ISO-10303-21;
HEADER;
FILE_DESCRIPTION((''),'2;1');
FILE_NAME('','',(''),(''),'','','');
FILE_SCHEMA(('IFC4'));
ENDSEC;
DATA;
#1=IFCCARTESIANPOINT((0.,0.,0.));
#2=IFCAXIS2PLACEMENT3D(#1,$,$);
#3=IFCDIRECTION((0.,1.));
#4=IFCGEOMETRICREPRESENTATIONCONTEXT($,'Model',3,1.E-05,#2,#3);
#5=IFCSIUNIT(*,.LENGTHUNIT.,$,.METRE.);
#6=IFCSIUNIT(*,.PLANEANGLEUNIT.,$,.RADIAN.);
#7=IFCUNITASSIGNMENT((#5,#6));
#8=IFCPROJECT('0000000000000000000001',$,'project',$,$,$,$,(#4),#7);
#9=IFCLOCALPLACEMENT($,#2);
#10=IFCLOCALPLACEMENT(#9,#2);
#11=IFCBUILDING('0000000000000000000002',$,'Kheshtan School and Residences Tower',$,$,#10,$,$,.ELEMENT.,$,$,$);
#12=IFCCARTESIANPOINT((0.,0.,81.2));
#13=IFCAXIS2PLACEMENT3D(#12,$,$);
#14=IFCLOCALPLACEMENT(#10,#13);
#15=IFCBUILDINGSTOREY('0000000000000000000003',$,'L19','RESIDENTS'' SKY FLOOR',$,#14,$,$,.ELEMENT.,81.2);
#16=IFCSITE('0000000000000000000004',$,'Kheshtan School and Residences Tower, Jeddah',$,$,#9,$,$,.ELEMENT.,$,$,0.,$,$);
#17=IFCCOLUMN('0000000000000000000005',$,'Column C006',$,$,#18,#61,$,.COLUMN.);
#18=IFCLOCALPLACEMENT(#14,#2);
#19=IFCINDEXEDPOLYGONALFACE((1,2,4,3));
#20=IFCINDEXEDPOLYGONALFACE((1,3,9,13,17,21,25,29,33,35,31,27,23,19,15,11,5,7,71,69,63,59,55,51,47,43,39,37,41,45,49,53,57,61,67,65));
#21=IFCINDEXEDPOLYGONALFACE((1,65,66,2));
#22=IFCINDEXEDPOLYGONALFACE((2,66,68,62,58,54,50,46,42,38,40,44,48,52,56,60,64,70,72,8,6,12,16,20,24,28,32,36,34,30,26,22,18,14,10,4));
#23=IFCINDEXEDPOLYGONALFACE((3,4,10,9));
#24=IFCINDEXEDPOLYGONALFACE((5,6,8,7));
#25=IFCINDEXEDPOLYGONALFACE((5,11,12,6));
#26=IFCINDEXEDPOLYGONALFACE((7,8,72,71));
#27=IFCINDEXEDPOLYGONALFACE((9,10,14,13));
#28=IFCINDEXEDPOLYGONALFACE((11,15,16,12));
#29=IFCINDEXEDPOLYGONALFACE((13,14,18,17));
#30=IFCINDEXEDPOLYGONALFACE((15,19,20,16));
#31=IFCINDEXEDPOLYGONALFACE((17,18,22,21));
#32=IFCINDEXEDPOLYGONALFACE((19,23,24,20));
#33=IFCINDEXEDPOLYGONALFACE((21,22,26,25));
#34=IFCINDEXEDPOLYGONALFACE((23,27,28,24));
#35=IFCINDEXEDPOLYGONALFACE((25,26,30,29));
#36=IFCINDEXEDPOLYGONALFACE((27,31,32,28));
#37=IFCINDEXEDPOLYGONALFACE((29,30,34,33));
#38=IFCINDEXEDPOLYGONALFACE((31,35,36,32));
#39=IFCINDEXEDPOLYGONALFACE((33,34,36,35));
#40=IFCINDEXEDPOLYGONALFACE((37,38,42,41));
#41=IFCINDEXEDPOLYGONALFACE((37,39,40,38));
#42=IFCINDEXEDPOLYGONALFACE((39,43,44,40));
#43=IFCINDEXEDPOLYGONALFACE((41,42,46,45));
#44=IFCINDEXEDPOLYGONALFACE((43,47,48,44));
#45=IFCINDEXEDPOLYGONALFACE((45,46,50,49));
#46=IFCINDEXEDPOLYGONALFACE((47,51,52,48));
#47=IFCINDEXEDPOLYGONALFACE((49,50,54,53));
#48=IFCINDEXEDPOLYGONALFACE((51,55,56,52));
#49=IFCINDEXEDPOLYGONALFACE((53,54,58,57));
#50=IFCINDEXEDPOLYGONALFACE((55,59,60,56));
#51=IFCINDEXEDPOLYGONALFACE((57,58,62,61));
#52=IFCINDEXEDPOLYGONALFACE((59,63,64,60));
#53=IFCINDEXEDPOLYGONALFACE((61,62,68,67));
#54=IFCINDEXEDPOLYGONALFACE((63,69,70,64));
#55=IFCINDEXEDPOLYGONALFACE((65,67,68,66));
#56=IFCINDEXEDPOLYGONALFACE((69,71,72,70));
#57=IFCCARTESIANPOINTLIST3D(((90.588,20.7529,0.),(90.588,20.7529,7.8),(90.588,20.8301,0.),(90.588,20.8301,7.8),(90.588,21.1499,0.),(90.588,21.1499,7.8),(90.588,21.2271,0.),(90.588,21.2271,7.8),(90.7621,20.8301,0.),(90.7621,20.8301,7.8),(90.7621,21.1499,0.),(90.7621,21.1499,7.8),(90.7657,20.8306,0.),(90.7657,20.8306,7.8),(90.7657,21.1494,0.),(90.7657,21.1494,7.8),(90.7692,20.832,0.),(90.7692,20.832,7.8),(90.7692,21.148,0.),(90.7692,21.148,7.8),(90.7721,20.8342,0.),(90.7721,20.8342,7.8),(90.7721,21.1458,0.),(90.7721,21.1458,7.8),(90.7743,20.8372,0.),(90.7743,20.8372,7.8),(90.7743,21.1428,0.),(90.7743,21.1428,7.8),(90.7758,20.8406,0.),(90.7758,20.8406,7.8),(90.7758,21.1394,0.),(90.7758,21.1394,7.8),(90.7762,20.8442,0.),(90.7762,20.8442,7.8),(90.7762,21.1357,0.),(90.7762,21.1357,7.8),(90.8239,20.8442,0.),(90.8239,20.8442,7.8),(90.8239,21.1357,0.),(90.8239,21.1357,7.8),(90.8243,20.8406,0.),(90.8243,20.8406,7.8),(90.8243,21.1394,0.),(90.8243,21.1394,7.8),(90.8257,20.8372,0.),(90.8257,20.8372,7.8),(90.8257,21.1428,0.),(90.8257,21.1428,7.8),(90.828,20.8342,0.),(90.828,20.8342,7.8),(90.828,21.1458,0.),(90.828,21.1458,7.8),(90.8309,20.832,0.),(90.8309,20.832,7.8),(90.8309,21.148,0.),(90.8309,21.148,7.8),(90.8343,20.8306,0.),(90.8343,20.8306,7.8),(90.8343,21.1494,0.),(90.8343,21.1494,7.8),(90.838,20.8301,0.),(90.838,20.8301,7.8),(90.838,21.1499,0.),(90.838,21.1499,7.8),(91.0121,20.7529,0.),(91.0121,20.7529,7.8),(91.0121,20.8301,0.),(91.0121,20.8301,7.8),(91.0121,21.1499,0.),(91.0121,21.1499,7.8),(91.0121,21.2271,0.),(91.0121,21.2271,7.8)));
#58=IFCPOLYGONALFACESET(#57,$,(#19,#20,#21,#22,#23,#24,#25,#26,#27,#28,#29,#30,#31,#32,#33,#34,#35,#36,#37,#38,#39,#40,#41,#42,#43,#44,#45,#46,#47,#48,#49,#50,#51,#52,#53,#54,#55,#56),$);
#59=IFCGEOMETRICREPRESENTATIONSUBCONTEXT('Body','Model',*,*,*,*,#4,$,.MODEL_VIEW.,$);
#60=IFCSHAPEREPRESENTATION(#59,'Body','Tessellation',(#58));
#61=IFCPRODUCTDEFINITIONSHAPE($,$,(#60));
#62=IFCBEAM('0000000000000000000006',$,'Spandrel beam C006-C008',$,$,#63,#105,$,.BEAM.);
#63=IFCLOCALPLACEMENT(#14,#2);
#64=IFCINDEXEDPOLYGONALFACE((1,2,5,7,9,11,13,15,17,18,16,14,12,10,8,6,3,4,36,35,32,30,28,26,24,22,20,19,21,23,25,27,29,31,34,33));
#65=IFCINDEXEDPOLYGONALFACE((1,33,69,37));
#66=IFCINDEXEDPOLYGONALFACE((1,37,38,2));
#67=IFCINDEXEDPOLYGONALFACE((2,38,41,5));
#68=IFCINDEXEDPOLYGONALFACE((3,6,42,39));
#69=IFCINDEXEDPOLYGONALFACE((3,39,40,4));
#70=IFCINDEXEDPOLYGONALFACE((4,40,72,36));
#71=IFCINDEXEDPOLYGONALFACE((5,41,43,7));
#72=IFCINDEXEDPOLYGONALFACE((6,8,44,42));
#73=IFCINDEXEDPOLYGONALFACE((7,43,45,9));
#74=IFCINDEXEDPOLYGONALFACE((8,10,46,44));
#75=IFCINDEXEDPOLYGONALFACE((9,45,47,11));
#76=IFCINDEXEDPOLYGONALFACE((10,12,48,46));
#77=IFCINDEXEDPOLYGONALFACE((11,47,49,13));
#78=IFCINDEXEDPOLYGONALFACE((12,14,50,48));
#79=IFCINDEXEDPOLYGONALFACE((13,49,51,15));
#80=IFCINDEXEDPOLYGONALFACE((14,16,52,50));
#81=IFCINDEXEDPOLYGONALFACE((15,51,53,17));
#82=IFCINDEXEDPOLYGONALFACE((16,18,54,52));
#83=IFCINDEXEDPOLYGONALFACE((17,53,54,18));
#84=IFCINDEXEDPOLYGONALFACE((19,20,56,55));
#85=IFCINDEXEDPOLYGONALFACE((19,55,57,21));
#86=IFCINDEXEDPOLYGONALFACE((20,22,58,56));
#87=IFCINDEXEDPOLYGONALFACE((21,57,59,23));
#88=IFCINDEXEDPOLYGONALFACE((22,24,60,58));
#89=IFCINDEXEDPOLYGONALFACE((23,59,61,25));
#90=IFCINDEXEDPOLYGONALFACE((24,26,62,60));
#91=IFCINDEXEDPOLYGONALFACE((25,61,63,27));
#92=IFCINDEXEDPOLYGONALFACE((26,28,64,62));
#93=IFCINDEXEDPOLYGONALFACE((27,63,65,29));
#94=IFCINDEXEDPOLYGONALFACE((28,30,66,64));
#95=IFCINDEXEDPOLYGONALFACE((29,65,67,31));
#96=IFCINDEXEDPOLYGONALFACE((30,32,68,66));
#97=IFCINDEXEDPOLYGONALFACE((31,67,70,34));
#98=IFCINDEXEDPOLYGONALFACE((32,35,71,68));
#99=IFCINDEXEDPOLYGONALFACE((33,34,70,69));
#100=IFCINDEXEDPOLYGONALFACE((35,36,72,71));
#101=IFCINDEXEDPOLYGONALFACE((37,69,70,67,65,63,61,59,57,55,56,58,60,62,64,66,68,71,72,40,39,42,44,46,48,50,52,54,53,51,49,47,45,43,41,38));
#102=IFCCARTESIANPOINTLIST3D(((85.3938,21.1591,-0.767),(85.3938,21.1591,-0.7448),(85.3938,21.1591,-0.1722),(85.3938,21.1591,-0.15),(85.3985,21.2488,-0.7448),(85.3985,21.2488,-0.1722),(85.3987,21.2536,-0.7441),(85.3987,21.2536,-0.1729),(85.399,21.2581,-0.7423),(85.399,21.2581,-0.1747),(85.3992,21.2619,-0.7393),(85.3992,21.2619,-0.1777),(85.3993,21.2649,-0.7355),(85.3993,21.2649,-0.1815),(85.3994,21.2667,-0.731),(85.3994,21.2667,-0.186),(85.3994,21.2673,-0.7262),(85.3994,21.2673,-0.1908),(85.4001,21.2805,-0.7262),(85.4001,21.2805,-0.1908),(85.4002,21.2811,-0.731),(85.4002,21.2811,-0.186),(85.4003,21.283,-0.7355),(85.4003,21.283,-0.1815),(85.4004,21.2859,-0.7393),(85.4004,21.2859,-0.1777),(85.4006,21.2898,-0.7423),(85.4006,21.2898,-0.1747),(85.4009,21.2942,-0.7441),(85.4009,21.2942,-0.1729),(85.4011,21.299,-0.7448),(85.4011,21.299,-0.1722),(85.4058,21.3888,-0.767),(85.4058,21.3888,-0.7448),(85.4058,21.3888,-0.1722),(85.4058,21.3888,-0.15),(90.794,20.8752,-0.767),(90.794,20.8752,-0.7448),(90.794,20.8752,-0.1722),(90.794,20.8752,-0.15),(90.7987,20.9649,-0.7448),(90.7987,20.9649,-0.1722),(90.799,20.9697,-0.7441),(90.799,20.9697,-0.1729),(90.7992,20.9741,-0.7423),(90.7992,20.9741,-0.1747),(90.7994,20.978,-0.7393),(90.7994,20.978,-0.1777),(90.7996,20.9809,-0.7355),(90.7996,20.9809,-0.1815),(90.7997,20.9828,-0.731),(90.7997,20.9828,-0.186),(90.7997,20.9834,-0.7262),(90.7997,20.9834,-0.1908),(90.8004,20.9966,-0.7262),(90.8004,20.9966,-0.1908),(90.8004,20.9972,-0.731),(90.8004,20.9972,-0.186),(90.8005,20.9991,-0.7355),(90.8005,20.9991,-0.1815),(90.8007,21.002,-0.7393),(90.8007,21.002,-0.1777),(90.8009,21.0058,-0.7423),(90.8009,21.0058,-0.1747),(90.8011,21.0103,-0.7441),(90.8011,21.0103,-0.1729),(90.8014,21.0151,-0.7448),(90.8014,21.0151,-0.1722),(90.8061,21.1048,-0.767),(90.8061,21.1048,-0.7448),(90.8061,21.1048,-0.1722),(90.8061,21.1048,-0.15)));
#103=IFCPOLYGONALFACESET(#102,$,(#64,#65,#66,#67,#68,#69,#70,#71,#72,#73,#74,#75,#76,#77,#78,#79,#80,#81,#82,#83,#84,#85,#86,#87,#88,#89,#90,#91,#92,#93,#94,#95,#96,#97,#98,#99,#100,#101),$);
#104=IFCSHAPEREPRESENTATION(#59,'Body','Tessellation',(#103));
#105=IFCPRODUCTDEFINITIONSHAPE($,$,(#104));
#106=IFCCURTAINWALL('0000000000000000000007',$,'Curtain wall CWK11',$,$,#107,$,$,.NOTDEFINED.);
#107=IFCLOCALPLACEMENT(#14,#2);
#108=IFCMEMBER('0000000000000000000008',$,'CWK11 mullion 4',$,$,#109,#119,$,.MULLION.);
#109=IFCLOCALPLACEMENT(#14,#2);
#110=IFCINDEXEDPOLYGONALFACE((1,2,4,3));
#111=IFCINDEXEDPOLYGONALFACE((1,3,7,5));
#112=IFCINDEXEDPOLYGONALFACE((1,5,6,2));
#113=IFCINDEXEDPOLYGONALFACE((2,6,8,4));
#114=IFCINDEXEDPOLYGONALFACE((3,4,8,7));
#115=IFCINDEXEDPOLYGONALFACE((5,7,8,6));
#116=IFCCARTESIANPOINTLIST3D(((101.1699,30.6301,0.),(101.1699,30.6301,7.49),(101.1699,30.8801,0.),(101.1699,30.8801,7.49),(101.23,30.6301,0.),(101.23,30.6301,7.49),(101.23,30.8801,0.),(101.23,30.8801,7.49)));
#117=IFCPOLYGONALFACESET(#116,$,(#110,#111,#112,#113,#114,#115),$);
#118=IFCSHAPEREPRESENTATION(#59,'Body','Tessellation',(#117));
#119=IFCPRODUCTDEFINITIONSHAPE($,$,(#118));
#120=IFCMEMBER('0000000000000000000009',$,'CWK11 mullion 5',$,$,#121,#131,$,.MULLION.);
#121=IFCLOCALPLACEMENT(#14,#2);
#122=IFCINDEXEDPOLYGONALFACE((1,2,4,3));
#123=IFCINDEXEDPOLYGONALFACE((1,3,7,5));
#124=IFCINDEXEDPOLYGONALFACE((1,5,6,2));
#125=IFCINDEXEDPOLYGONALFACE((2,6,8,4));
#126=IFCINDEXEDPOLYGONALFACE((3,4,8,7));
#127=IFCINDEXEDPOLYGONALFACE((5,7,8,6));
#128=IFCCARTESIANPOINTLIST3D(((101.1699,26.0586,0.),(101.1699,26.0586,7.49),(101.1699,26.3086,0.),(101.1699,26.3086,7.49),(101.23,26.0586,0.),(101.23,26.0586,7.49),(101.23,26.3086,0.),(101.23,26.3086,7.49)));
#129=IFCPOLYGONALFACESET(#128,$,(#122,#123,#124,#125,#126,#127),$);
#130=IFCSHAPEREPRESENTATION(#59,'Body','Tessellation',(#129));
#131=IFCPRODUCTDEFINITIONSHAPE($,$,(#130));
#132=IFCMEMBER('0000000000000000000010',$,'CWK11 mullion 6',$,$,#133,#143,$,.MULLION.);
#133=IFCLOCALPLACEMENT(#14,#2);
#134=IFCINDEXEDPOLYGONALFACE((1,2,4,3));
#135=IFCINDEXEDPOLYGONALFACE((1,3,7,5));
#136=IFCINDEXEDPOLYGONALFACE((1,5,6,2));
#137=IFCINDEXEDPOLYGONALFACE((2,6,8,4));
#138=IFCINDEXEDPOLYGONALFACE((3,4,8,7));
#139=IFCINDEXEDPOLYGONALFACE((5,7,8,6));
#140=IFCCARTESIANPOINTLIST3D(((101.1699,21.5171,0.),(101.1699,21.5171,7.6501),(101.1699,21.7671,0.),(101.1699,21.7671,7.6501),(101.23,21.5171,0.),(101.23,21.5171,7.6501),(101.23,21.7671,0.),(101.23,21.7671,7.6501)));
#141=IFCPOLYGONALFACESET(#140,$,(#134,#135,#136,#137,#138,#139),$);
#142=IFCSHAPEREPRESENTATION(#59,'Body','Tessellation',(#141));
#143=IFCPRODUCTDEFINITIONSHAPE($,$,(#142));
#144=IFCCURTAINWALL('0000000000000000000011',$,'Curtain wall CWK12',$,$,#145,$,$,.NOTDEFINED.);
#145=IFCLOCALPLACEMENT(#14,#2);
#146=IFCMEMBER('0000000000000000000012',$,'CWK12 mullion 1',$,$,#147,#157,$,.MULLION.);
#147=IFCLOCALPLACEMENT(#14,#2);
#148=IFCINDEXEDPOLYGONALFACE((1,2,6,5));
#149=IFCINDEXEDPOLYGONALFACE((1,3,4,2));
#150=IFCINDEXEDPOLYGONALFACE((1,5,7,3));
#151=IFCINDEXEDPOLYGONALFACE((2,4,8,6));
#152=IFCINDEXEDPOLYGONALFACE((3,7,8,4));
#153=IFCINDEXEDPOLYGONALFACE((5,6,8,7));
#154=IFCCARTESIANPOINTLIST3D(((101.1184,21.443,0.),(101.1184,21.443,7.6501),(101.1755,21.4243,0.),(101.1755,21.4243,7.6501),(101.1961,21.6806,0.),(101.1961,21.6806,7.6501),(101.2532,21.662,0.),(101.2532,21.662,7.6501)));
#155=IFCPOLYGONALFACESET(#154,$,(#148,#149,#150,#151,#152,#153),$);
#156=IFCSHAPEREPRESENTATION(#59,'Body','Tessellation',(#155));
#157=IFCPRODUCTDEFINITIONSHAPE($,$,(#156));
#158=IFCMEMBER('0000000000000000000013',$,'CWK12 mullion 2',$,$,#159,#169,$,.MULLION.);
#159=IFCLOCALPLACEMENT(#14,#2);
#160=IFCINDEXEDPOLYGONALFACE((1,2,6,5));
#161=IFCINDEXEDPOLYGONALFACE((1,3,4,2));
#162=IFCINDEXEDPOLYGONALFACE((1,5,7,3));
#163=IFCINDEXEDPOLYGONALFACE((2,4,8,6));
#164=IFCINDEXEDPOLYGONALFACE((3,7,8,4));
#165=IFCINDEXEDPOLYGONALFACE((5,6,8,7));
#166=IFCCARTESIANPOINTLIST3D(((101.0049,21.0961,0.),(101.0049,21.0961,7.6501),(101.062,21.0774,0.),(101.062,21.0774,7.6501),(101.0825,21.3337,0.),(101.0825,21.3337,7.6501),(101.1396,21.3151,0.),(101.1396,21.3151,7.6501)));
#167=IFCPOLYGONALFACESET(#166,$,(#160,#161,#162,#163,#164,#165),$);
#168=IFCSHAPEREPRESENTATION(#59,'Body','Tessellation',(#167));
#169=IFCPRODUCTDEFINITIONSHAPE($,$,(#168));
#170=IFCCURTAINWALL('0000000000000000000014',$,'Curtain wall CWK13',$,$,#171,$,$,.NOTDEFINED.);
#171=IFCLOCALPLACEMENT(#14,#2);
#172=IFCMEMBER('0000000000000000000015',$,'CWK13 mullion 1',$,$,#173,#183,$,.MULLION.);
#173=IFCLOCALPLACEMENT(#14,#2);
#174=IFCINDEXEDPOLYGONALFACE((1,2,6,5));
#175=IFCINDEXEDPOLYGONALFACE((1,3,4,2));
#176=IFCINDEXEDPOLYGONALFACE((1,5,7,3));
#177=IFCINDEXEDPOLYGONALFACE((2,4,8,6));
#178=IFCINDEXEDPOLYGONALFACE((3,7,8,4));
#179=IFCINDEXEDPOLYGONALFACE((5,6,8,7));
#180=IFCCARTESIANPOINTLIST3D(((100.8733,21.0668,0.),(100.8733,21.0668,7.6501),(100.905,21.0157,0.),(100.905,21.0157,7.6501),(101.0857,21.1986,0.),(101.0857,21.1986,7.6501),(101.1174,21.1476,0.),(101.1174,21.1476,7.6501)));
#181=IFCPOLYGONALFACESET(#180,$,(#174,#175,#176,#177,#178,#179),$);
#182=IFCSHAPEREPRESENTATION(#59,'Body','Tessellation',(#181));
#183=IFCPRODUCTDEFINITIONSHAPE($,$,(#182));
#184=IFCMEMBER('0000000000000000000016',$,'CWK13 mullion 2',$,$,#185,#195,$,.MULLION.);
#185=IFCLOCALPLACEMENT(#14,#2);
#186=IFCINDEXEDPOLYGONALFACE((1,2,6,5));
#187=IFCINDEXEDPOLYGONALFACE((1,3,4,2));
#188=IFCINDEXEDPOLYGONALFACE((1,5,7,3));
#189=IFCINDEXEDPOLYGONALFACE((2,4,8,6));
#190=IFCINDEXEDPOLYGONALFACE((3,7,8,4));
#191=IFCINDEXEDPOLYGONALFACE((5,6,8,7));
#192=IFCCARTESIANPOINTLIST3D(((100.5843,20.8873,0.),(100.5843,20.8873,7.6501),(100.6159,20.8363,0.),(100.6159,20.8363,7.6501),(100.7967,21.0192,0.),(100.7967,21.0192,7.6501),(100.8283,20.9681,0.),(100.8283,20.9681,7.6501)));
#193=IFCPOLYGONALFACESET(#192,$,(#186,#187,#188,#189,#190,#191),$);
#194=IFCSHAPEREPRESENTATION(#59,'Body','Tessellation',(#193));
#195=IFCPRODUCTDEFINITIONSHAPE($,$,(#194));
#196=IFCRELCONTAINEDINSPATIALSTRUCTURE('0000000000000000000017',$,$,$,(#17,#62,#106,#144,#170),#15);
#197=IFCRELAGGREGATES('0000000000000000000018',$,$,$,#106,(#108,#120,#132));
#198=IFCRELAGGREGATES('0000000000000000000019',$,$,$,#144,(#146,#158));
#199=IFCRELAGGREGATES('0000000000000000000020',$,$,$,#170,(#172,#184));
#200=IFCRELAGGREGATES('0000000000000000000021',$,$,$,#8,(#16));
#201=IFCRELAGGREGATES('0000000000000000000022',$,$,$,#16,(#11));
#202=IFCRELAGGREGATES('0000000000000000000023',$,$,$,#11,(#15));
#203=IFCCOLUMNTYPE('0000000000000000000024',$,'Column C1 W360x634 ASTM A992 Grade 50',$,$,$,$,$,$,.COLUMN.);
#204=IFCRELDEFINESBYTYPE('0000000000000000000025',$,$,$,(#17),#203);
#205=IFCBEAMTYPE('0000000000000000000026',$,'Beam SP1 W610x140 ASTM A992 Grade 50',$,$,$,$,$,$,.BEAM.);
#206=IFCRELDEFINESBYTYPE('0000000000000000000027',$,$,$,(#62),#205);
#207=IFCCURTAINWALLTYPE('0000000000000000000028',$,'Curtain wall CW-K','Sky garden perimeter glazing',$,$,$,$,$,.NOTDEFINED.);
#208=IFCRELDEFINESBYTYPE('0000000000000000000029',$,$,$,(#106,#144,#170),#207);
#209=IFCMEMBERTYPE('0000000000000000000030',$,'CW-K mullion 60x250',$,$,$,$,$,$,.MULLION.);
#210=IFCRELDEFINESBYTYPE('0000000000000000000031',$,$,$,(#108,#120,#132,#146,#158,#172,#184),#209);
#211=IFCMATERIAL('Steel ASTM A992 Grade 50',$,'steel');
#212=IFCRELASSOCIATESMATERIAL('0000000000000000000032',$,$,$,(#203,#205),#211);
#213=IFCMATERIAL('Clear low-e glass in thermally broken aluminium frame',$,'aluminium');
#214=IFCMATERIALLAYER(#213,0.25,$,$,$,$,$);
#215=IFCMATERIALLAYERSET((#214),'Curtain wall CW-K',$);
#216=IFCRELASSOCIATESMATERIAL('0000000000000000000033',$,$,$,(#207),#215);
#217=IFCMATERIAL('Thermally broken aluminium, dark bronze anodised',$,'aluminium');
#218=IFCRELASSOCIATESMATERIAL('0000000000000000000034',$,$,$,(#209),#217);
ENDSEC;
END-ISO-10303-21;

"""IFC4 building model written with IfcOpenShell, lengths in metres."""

from ifc_helpers import new_model, si_unit, direction, frame, origin, origin_2d, place, context, subcontext, project, spatial, rectangle, i_section, extrude, material, layer, layer_set, material_profile, profile_set, type_object, element, aggregate, save


model = new_model("IFC4")

# Units and contexts
model_context = context("Model", 3, precision=1e-05, world=origin(), true_north=direction((0.0, 1.0)))
body_context = subcontext(model_context, "Body", "Model", "MODEL_VIEW")
ifc_project = project(units=[si_unit("LENGTHUNIT", "METRE"), si_unit("PLANEANGLEUNIT", "RADIAN")], contexts=[model_context])

# Site, building, storey
site_placement = place(None, origin())
site = spatial("IfcSite", under=ifc_project, at=site_placement, Name="Kheshtan School and Residences Tower, Jeddah", CompositionType="ELEMENT", RefElevation=0.0)
building_placement = place(site_placement, origin())
building = spatial("IfcBuilding", under=site, at=building_placement, Name="Kheshtan School and Residences Tower", CompositionType="ELEMENT")
storey_placement = place(building_placement, frame((0.0, 0.0, 81.2)))
storey = spatial("IfcBuildingStorey", under=building, at=storey_placement, Name="L19", Description="RESIDENTS' SKY FLOOR", CompositionType="ELEMENT", Elevation=81.2)

# Column
ifc_material_1 = material(Name="Steel ASTM A992 Grade 50", Category="steel")
ifc_material_profile_1 = material_profile(ifc_material_1, i_section(OverallWidth=0.4241, OverallDepth=0.4741, WebThickness=0.0476, FlangeThickness=0.0771, FilletRadius=0.0142, at=origin_2d()), Name="W360x634")
ifc_profile_set_1 = profile_set([ifc_material_profile_1], Name="Steel ASTM A992 Grade 50")
column_type = type_object("IfcColumnType", Name="Column C1 W360x634 ASTM A992 Grade 50", PredefinedType="COLUMN", material=ifc_profile_set_1)
column_placement = place(storey_placement, frame((90.8, 20.99, 0.0), z_axis=(0.0, 0.0, 1.0), x_axis=(1.0, 0.0, 0.0)))
element("IfcColumn", 1, at=column_placement, inside=storey, type_object=column_type, Name="Column C006", PredefinedType="COLUMN", context=body_context, shape_type="SweptSolid", body=[
    extrude(i_section(OverallWidth=0.4241, OverallDepth=0.4741, WebThickness=0.0476, FlangeThickness=0.0771, FilletRadius=0.0142, at=origin_2d()), origin(), (0.0, 0.0, 1.0), 7.8),
])

# Beam
ifc_material_profile_2 = material_profile(ifc_material_1, i_section(OverallWidth=0.23, OverallDepth=0.6169, WebThickness=0.0132, FlangeThickness=0.0222, FilletRadius=0.0186, at=origin_2d()), Name="W610x140")
ifc_profile_set_2 = profile_set([ifc_material_profile_2], Name="Steel ASTM A992 Grade 50")
beam_type = type_object("IfcBeamType", Name="Beam SP1 W610x140 ASTM A992 Grade 50", PredefinedType="BEAM", material=ifc_profile_set_2)
beam_placement = place(storey_placement, frame((90.8, 20.99, -0.4585), z_axis=(-0.998621, 0.052507, 0.0), x_axis=(-0.052507, -0.998621, 0.0)))
element("IfcBeam", 2, at=beam_placement, inside=storey, type_object=beam_type, Name="Spandrel beam C006-C008", PredefinedType="BEAM", context=body_context, shape_type="SweptSolid", body=[
    extrude(i_section(OverallWidth=0.23, OverallDepth=0.6169, WebThickness=0.0132, FlangeThickness=0.0222, FilletRadius=0.0186, at=origin_2d()), origin(), (0.0, 0.0, 1.0), 5.4077),
])

# Curtain walls, members
ifc_material_2 = material(Name="Clear low-e glass in thermally broken aluminium frame", Category="aluminium")
ifc_layer_1 = layer(ifc_material_2, 0.25)
ifc_layer_set_1 = layer_set([ifc_layer_1], Name="Curtain wall CW-K")
curtain_wall_type = type_object("IfcCurtainWallType", Name="Curtain wall CW-K", Description="Sky garden perimeter glazing", PredefinedType="NOTDEFINED", material=ifc_layer_set_1)
curtain_wall_1_placement = place(storey_placement, origin())
curtain_wall_1 = element("IfcCurtainWall", 3, at=curtain_wall_1_placement, inside=storey, type_object=curtain_wall_type, Name="Curtain wall CWK11", PredefinedType="NOTDEFINED")
ifc_material_3 = material(Name="Thermally broken aluminium, dark bronze anodised", Category="aluminium")
ifc_material_profile_3 = material_profile(ifc_material_3, rectangle(XDim=0.0601, YDim=0.25, at=origin_2d()), Name="CW-K mullion 60x250")
ifc_profile_set_3 = profile_set([ifc_material_profile_3], Name="Thermally broken aluminium, dark bronze anodised")
member_type_1 = type_object("IfcMemberType", Name="CW-K mullion 60x250", PredefinedType="MULLION", material=ifc_profile_set_3)
member_1_placement = place(storey_placement, frame((101.2, 30.7551, 0.0), z_axis=(0.0, 0.0, 1.0), x_axis=(1.0, 0.0, 0.0)))
member_1 = element("IfcMember", 4, at=member_1_placement, type_object=member_type_1, Name="CWK11 mullion 4", PredefinedType="MULLION", context=body_context, shape_type="SweptSolid", body=[
    extrude(rectangle(XDim=0.0601, YDim=0.25, at=origin_2d()), origin(), (0.0, 0.0, 1.0), 7.49),
])
member_2_placement = place(storey_placement, frame((101.2, 26.1836, 0.0), z_axis=(0.0, 0.0, 1.0), x_axis=(1.0, 0.0, 0.0)))
member_2 = element("IfcMember", 5, at=member_2_placement, type_object=member_type_1, Name="CWK11 mullion 5", PredefinedType="MULLION", context=body_context, shape_type="SweptSolid", body=[
    extrude(rectangle(XDim=0.0601, YDim=0.25, at=origin_2d()), origin(), (0.0, 0.0, 1.0), 7.49),
])
member_3_placement = place(storey_placement, frame((101.2, 21.6421, 0.0), z_axis=(0.0, 0.0, 1.0), x_axis=(1.0, 0.0, 0.0)))
member_3 = element("IfcMember", 6, at=member_3_placement, type_object=member_type_1, Name="CWK11 mullion 6", PredefinedType="MULLION", context=body_context, shape_type="SweptSolid", body=[
    extrude(rectangle(XDim=0.0601, YDim=0.25, at=origin_2d()), origin(), (0.0, 0.0, 1.0), 7.6501),
])
curtain_wall_2_placement = place(storey_placement, origin())
curtain_wall_2 = element("IfcCurtainWall", 7, at=curtain_wall_2_placement, inside=storey, type_object=curtain_wall_type, Name="Curtain wall CWK12", PredefinedType="NOTDEFINED")
member_4_placement = place(storey_placement, frame((101.1858, 21.5525, 0.0), z_axis=(0.0, 0.0, 1.0), x_axis=(0.950549, -0.310575, 0.0)))
member_4 = element("IfcMember", 8, at=member_4_placement, type_object=member_type_1, Name="CWK12 mullion 1", PredefinedType="MULLION", context=body_context, shape_type="SweptSolid", body=[
    extrude(rectangle(XDim=0.0601, YDim=0.25, at=origin_2d()), origin(), (0.0, 0.0, 1.0), 7.6501),
])
member_5_placement = place(storey_placement, frame((101.0723, 21.2056, 0.0), z_axis=(0.0, 0.0, 1.0), x_axis=(0.950549, -0.310575, 0.0)))
member_5 = element("IfcMember", 9, at=member_5_placement, type_object=member_type_1, Name="CWK12 mullion 2", PredefinedType="MULLION", context=body_context, shape_type="SweptSolid", body=[
    extrude(rectangle(XDim=0.0601, YDim=0.25, at=origin_2d()), origin(), (0.0, 0.0, 1.0), 7.6501),
])
curtain_wall_3_placement = place(storey_placement, origin())
curtain_wall_3 = element("IfcCurtainWall", 10, at=curtain_wall_3_placement, inside=storey, type_object=curtain_wall_type, Name="Curtain wall CWK13", PredefinedType="NOTDEFINED")
member_6_placement = place(storey_placement, frame((100.9954, 21.1072, 0.0), z_axis=(0.0, 0.0, 1.0), x_axis=(0.527301, -0.849679, 0.0)))
member_6 = element("IfcMember", 11, at=member_6_placement, type_object=member_type_1, Name="CWK13 mullion 1", PredefinedType="MULLION", context=body_context, shape_type="SweptSolid", body=[
    extrude(rectangle(XDim=0.0601, YDim=0.25, at=origin_2d()), origin(), (0.0, 0.0, 1.0), 7.6501),
])
member_7_placement = place(storey_placement, frame((100.7063, 20.9277, 0.0), z_axis=(0.0, 0.0, 1.0), x_axis=(0.527301, -0.849679, 0.0)))
member_7 = element("IfcMember", 12, at=member_7_placement, type_object=member_type_1, Name="CWK13 mullion 2", PredefinedType="MULLION", context=body_context, shape_type="SweptSolid", body=[
    extrude(rectangle(XDim=0.0601, YDim=0.25, at=origin_2d()), origin(), (0.0, 0.0, 1.0), 7.6501),
])

aggregate(curtain_wall_1, [member_1, member_2, member_3])
aggregate(curtain_wall_2, [member_4, member_5])
aggregate(curtain_wall_3, [member_6, member_7])

save(model, "model.ifc")
